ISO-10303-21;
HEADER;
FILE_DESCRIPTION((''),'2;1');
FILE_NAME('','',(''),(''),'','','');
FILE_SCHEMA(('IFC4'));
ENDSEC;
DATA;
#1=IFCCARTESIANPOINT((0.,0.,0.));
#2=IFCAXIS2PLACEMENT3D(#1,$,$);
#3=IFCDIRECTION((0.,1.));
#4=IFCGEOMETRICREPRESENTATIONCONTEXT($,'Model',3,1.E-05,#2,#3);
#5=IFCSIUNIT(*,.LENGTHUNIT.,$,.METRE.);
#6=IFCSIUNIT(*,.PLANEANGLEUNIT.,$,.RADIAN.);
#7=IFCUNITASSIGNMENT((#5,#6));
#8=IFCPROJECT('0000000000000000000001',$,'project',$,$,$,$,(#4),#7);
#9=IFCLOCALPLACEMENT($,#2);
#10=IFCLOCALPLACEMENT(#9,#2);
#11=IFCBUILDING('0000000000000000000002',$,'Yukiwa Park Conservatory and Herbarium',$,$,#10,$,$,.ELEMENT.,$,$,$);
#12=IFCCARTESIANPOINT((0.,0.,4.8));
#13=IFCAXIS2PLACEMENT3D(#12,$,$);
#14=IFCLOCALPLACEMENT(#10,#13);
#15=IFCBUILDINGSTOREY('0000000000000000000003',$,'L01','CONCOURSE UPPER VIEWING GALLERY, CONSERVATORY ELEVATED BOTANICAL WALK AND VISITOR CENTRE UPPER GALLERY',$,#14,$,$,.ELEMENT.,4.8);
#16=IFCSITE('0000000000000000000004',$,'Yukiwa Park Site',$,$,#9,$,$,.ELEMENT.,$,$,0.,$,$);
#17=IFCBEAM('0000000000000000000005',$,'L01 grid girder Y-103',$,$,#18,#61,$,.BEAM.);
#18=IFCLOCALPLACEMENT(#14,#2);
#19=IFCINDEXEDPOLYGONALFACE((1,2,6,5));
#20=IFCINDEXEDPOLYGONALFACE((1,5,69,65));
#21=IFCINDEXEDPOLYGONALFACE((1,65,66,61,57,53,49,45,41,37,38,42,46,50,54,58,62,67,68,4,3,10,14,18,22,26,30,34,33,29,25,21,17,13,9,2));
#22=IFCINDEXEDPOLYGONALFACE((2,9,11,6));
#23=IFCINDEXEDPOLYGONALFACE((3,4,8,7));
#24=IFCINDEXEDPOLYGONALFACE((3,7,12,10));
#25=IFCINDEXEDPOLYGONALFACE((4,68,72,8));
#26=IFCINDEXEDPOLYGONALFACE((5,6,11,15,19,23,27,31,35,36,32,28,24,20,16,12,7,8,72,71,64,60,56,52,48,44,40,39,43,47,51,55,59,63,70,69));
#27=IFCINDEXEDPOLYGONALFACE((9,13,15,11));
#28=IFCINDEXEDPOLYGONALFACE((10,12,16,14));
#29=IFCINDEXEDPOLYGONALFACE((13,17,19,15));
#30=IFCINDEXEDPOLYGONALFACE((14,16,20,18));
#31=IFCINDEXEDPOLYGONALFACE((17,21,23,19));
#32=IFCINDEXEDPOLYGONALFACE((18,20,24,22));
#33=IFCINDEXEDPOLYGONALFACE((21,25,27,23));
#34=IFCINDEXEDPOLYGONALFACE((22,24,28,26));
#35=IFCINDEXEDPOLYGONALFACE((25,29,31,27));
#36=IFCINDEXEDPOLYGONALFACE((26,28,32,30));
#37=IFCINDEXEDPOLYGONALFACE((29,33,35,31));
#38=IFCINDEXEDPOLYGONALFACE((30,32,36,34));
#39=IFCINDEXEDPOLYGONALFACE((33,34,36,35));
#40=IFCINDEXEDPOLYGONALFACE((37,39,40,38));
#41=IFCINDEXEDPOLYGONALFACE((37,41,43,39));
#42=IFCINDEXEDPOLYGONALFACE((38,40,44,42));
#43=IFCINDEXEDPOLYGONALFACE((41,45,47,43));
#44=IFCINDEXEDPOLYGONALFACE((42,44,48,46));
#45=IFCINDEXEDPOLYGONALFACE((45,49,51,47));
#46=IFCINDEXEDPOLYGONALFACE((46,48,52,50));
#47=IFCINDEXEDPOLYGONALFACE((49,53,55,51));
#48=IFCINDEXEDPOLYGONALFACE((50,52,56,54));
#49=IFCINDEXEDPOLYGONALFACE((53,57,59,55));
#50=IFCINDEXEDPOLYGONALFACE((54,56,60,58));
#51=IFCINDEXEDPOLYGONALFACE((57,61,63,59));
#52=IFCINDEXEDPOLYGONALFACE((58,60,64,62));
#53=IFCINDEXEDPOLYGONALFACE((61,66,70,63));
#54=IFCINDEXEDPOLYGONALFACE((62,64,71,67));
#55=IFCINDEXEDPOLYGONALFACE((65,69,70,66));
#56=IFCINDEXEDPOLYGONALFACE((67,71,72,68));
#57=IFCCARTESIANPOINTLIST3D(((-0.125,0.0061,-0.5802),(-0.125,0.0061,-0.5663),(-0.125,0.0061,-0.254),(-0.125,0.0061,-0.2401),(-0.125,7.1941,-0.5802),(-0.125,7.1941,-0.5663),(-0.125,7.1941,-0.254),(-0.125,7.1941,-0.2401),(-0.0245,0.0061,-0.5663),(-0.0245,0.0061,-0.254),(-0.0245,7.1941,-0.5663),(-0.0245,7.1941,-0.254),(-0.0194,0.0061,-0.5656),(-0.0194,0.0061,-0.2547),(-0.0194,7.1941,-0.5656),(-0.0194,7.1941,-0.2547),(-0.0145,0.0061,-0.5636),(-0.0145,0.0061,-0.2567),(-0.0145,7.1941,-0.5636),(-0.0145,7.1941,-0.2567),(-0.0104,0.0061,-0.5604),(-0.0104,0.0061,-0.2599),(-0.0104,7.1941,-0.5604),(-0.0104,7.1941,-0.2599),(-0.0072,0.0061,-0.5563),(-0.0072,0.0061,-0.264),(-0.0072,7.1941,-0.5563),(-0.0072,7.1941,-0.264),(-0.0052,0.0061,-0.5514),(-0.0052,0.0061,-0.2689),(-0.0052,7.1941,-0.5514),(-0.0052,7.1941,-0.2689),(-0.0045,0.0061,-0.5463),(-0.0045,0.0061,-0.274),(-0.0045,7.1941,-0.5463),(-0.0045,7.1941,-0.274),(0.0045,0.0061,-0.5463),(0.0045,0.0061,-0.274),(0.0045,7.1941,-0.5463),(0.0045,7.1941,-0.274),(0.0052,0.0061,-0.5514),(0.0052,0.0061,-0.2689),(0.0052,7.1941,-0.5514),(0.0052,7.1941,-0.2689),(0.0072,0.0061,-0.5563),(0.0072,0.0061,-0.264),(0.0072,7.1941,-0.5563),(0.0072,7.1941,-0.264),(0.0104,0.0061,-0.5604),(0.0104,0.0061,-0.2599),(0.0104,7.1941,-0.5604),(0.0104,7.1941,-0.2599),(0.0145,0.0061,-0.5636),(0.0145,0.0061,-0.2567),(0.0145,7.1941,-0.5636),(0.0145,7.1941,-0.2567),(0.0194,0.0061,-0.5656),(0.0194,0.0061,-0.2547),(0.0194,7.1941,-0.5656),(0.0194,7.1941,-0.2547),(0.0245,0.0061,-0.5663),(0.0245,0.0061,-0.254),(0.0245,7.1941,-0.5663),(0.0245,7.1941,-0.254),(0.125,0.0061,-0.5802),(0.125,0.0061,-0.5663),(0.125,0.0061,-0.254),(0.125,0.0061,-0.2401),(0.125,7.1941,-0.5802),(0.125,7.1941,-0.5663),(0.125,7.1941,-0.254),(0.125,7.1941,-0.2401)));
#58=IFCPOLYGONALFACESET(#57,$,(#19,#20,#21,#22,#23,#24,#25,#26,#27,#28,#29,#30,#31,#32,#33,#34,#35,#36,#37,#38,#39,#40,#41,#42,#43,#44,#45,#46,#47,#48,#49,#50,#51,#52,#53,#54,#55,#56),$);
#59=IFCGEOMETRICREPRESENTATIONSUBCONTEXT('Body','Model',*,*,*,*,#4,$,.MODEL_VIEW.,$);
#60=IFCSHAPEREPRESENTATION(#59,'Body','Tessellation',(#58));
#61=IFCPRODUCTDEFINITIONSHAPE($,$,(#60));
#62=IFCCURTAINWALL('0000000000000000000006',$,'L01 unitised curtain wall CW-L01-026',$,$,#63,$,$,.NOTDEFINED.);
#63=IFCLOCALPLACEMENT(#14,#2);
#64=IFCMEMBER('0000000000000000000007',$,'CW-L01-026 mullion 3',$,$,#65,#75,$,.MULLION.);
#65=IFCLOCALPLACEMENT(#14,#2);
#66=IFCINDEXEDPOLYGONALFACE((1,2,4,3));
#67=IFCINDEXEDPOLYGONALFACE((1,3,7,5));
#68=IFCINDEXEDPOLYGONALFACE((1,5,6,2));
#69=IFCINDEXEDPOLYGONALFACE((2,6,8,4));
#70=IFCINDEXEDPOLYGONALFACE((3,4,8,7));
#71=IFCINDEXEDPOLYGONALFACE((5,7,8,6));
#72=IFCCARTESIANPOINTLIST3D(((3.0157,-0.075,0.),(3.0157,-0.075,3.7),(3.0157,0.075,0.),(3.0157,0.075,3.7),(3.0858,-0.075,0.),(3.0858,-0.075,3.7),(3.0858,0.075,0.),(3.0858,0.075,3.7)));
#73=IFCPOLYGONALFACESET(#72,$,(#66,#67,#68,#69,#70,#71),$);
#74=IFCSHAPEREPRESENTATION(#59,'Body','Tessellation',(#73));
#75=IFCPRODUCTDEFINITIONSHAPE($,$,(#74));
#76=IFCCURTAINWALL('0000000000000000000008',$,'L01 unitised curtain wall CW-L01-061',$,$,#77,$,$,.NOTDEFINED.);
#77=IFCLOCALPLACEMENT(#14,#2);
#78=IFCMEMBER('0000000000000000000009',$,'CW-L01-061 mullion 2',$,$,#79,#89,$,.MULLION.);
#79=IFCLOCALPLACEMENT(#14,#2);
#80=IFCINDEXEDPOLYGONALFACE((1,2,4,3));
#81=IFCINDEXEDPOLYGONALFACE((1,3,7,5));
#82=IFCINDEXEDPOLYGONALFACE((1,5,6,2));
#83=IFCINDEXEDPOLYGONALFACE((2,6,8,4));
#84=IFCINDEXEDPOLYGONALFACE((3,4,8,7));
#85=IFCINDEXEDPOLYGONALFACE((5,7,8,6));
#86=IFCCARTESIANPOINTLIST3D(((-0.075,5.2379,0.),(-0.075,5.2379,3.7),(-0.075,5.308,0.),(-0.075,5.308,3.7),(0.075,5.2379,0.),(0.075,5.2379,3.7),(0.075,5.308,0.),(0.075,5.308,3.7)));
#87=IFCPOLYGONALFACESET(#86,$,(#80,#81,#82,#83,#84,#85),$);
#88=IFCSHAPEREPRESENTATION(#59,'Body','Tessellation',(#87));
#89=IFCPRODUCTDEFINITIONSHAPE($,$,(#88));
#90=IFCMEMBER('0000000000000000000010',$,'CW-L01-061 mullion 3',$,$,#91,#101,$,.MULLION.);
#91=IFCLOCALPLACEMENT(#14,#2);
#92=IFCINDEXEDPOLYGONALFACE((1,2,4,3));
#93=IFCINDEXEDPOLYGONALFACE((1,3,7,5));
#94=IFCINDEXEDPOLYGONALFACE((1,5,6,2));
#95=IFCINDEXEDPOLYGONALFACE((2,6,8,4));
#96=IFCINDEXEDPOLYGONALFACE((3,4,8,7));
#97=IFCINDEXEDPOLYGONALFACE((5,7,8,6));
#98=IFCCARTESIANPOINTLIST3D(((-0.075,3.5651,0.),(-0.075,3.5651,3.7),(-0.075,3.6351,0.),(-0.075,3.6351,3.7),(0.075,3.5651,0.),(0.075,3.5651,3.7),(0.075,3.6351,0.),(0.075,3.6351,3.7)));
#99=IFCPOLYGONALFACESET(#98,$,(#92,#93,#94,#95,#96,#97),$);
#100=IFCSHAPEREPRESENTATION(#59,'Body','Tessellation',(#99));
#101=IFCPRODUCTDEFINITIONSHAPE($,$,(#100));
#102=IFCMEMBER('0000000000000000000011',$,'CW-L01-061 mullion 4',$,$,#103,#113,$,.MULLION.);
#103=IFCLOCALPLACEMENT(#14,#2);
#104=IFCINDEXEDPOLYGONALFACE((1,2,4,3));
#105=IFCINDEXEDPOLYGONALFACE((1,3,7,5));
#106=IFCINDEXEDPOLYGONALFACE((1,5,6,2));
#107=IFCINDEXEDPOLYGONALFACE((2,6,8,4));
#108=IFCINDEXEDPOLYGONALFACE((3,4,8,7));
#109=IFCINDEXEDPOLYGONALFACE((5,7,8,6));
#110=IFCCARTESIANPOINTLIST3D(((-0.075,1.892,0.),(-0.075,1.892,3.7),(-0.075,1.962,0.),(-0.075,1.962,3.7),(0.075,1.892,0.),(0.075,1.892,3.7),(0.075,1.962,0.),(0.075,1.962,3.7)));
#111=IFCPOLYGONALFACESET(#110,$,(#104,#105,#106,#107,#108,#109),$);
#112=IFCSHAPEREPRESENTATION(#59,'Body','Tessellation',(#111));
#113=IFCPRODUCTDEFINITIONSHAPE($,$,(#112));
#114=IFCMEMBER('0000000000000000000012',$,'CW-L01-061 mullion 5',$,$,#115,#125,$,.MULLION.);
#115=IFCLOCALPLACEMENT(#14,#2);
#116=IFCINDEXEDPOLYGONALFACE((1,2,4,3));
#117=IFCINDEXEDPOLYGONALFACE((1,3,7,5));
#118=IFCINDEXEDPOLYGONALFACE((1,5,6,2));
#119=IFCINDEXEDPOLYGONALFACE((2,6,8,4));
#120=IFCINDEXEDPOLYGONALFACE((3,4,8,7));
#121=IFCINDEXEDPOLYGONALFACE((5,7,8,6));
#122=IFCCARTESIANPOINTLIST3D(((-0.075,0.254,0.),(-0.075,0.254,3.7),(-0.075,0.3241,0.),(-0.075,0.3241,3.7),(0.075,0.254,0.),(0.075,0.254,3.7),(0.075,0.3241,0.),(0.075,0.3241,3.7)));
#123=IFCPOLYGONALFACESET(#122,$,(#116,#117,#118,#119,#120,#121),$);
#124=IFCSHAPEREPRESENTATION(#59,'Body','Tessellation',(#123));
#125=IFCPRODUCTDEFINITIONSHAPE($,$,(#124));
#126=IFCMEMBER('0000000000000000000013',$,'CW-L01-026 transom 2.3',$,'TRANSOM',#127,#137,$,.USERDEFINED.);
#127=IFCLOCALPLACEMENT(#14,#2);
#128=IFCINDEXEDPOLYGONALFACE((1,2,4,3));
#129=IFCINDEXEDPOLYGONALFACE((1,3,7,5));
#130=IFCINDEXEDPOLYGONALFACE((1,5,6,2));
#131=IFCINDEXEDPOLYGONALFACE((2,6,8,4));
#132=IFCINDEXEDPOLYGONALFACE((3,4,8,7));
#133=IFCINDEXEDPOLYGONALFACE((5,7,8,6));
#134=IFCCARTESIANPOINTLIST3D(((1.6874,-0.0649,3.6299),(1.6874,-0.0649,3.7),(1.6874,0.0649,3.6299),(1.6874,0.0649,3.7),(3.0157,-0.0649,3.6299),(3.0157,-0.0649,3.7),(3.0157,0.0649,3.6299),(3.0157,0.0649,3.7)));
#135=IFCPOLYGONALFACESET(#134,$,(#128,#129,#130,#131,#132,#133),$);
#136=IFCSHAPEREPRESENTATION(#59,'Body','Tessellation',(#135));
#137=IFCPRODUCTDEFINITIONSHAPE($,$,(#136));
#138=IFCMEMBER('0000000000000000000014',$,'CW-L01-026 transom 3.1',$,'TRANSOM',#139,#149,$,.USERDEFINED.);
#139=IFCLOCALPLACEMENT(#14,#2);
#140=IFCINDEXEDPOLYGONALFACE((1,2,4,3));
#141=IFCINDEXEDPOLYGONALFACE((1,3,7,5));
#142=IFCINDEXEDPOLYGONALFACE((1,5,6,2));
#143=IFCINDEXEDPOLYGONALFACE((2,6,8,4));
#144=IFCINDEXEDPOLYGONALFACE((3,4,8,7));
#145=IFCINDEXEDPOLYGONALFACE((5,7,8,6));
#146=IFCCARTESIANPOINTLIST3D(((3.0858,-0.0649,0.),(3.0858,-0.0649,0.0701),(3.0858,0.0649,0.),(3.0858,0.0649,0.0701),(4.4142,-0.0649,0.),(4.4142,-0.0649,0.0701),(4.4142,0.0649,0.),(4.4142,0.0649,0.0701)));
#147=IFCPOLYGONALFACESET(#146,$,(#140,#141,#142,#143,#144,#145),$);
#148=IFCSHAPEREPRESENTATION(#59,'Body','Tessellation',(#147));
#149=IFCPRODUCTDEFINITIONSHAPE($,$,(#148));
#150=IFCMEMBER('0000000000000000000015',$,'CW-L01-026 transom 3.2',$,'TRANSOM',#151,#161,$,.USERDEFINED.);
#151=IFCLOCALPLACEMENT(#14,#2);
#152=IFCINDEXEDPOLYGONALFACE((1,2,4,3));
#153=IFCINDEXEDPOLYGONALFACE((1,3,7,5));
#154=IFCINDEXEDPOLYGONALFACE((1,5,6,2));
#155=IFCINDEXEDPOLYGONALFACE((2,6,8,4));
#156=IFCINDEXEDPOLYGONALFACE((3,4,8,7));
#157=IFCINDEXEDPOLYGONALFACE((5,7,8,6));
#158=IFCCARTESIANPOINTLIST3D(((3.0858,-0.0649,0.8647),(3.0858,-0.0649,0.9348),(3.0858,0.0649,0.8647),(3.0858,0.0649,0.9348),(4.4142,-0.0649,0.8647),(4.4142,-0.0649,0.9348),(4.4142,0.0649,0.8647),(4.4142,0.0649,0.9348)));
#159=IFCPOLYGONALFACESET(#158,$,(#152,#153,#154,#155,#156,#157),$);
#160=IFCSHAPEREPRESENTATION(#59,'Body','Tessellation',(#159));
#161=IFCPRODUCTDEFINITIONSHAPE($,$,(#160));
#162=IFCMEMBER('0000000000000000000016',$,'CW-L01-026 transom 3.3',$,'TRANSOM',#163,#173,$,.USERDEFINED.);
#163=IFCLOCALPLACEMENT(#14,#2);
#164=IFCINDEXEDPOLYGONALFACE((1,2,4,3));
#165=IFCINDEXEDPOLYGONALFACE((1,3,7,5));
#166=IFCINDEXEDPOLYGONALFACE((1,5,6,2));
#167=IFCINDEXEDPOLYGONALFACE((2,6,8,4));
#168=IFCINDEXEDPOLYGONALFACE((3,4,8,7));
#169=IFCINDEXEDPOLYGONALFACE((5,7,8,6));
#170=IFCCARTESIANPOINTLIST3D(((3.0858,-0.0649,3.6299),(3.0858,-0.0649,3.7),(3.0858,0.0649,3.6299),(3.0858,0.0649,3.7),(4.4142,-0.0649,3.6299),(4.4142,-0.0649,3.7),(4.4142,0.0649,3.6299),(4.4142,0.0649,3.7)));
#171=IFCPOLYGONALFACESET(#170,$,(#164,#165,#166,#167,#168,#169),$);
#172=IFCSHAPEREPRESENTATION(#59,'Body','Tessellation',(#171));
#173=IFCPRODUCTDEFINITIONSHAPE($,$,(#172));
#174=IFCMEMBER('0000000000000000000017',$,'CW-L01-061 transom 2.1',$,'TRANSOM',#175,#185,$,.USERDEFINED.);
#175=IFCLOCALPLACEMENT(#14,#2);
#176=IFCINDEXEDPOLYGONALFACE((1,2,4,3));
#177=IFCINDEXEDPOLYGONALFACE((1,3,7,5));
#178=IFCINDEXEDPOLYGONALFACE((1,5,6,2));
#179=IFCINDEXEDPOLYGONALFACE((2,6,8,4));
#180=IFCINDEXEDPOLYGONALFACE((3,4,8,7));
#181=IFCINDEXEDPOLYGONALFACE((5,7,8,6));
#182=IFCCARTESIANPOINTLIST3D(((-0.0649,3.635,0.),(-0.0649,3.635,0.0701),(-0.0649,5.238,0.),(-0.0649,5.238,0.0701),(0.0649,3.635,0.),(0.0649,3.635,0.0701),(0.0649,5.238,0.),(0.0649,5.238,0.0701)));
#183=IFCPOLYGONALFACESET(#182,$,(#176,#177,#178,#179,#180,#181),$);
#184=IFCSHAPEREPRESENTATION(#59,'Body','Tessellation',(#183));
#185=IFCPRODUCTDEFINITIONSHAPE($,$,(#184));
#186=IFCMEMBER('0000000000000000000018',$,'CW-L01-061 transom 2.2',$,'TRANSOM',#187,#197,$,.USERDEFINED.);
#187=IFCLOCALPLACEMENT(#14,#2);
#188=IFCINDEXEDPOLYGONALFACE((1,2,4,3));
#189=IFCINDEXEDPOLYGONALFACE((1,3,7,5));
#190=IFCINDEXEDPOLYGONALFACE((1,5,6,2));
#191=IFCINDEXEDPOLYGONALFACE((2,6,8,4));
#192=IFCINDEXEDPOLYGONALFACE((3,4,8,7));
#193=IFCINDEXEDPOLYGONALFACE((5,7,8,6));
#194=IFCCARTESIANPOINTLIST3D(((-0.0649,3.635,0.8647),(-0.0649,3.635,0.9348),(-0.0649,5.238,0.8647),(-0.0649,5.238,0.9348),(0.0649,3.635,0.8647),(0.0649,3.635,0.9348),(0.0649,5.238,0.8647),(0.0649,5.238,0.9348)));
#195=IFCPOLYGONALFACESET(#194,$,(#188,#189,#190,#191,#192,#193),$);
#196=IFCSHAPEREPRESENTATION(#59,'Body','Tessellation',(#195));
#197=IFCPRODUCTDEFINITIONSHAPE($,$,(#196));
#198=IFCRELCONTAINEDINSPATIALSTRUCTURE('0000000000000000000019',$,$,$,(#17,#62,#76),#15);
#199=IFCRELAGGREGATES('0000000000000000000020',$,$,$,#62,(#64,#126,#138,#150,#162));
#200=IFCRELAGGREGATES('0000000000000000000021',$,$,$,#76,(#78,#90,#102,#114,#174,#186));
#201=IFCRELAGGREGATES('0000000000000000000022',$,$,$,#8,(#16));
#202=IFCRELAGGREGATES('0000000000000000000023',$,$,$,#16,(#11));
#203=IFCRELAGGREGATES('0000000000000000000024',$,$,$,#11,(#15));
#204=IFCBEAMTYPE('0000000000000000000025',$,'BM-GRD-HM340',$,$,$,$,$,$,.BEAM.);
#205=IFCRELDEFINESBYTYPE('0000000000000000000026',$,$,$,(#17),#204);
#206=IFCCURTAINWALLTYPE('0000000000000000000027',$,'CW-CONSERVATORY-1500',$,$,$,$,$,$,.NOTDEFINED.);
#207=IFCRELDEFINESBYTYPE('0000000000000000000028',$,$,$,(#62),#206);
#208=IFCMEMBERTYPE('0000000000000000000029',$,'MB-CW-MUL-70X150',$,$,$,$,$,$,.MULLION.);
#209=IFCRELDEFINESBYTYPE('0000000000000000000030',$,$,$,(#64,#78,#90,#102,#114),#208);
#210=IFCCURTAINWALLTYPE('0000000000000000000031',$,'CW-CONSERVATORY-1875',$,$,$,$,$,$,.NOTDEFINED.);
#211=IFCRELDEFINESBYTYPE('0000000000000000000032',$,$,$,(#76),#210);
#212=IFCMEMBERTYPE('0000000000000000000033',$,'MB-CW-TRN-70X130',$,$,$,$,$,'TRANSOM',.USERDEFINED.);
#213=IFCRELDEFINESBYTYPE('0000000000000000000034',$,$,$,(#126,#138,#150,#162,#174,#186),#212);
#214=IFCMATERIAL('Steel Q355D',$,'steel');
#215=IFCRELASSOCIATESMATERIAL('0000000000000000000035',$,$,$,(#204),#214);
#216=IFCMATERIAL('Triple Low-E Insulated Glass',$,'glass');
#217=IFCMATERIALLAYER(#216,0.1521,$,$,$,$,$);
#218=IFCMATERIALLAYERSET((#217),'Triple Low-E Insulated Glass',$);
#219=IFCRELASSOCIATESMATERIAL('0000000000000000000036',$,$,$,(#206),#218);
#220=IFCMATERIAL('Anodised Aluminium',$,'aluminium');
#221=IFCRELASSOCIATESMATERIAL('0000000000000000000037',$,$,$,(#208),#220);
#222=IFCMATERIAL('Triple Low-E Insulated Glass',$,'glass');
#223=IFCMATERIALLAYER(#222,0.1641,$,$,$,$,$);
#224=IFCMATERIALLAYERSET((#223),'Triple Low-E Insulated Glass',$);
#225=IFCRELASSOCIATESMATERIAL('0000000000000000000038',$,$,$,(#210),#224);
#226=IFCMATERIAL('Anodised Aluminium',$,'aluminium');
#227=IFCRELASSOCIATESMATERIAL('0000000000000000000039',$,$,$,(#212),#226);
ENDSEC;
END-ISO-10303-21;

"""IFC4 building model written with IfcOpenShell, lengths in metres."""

from ifc_helpers import new_model, si_unit, direction, frame, origin, origin_2d, place, context, subcontext, project, spatial, rectangle, i_section, extrude, material, layer, layer_set, material_profile, profile_set, type_object, element, aggregate, save


model = new_model("IFC4")

# Units and contexts
model_context = context("Model", 3, precision=1e-05, world=origin(), true_north=direction((0.0, 1.0)))
body_context = subcontext(model_context, "Body", "Model", "MODEL_VIEW")
ifc_project = project(units=[si_unit("LENGTHUNIT", "METRE"), si_unit("PLANEANGLEUNIT", "RADIAN")], contexts=[model_context])

# Site, building, storey
site_placement = place(None, origin())
site = spatial("IfcSite", under=ifc_project, at=site_placement, Name="Yukiwa Park Site", CompositionType="ELEMENT", RefElevation=0.0)
building_placement = place(site_placement, origin())
building = spatial("IfcBuilding", under=site, at=building_placement, Name="Yukiwa Park Conservatory and Herbarium", CompositionType="ELEMENT")
storey_placement = place(building_placement, frame((0.0, 0.0, 4.8)))
storey = spatial("IfcBuildingStorey", under=building, at=storey_placement, Name="L01", Description="CONCOURSE UPPER VIEWING GALLERY, CONSERVATORY ELEVATED BOTANICAL WALK AND VISITOR CENTRE UPPER GALLERY", CompositionType="ELEMENT", Elevation=4.8)

# Beam
ifc_material_1 = material(Name="Steel Q355D", Category="steel")
ifc_material_profile = material_profile(ifc_material_1, i_section(OverallWidth=0.25, OverallDepth=0.3401, WebThickness=0.009, FlangeThickness=0.0139, FilletRadius=0.02, at=origin_2d()), Name="HM 340x250x9x14")
ifc_profile_set = profile_set([ifc_material_profile], Name="Steel Q355D")
beam_type = type_object("IfcBeamType", Name="BM-GRD-HM340", PredefinedType="BEAM", material=ifc_profile_set)
beam_placement = place(storey_placement, frame((0.0, 0.0061, -0.4102), z_axis=(0.0, 1.0, 0.0), x_axis=(-1.0, 0.0, 0.0)))
element("IfcBeam", 1, at=beam_placement, inside=storey, type_object=beam_type, Name="L01 grid girder Y-103", PredefinedType="BEAM", context=body_context, shape_type="SweptSolid", body=[
    extrude(i_section(OverallWidth=0.25, OverallDepth=0.3401, WebThickness=0.009, FlangeThickness=0.0139, FilletRadius=0.02, at=origin_2d()), origin(), (0.0, 0.0, 1.0), 7.188),
])

# Curtain wall, member
ifc_material_2 = material(Name="Triple Low-E Insulated Glass", Category="glass")
ifc_layer_1 = layer(ifc_material_2, 0.1521)
ifc_layer_set_1 = layer_set([ifc_layer_1], Name="Triple Low-E Insulated Glass")
curtain_wall_type_1 = type_object("IfcCurtainWallType", Name="CW-CONSERVATORY-1500", PredefinedType="NOTDEFINED", material=ifc_layer_set_1)
curtain_wall_1_placement = place(storey_placement, origin())
curtain_wall_1 = element("IfcCurtainWall", 2, at=curtain_wall_1_placement, inside=storey, type_object=curtain_wall_type_1, Name="L01 unitised curtain wall CW-L01-026", PredefinedType="NOTDEFINED")
ifc_material_3 = material(Name="Anodised Aluminium", Category="aluminium")
member_type_1 = type_object("IfcMemberType", Name="MB-CW-MUL-70X150", PredefinedType="MULLION", material=ifc_material_3)
member_1_placement = place(storey_placement, frame((3.0508, 0.0, 0.0), z_axis=(0.0, 0.0, 1.0), x_axis=(1.0, 0.0, 0.0)))
member_1 = element("IfcMember", 3, at=member_1_placement, type_object=member_type_1, Name="CW-L01-026 mullion 3", PredefinedType="MULLION", context=body_context, shape_type="SweptSolid", body=[
    extrude(rectangle(XDim=0.0701, YDim=0.1499, at=origin_2d()), origin(), (0.0, 0.0, 1.0), 3.7),
])

# Curtain wall, members
ifc_material_4 = material(Name="Triple Low-E Insulated Glass", Category="glass")
ifc_layer_2 = layer(ifc_material_4, 0.1641)
ifc_layer_set_2 = layer_set([ifc_layer_2], Name="Triple Low-E Insulated Glass")
curtain_wall_type_2 = type_object("IfcCurtainWallType", Name="CW-CONSERVATORY-1875", PredefinedType="NOTDEFINED", material=ifc_layer_set_2)
curtain_wall_2_placement = place(storey_placement, origin())
curtain_wall_2 = element("IfcCurtainWall", 4, at=curtain_wall_2_placement, inside=storey, type_object=curtain_wall_type_2, Name="L01 unitised curtain wall CW-L01-061", PredefinedType="NOTDEFINED")
member_2_placement = place(storey_placement, frame((0.0, 5.2729, 0.0), z_axis=(0.0, 0.0, 1.0), x_axis=(0.0, -1.0, 0.0)))
member_2 = element("IfcMember", 5, at=member_2_placement, type_object=member_type_1, Name="CW-L01-061 mullion 2", PredefinedType="MULLION", context=body_context, shape_type="SweptSolid", body=[
    extrude(rectangle(XDim=0.0701, YDim=0.1499, at=origin_2d()), origin(), (0.0, 0.0, 1.0), 3.7),
])
member_3_placement = place(storey_placement, frame((0.0, 3.6001, 0.0), z_axis=(0.0, 0.0, 1.0), x_axis=(0.0, -1.0, 0.0)))
member_3 = element("IfcMember", 6, at=member_3_placement, type_object=member_type_1, Name="CW-L01-061 mullion 3", PredefinedType="MULLION", context=body_context, shape_type="SweptSolid", body=[
    extrude(rectangle(XDim=0.0701, YDim=0.1499, at=origin_2d()), origin(), (0.0, 0.0, 1.0), 3.7),
])
member_4_placement = place(storey_placement, frame((0.0, 1.927, 0.0), z_axis=(0.0, 0.0, 1.0), x_axis=(0.0, -1.0, 0.0)))
member_4 = element("IfcMember", 7, at=member_4_placement, type_object=member_type_1, Name="CW-L01-061 mullion 4", PredefinedType="MULLION", context=body_context, shape_type="SweptSolid", body=[
    extrude(rectangle(XDim=0.0701, YDim=0.1499, at=origin_2d()), origin(), (0.0, 0.0, 1.0), 3.7),
])
member_5_placement = place(storey_placement, frame((0.0, 0.2891, 0.0), z_axis=(0.0, 0.0, 1.0), x_axis=(0.0, -1.0, 0.0)))
member_5 = element("IfcMember", 8, at=member_5_placement, type_object=member_type_1, Name="CW-L01-061 mullion 5", PredefinedType="MULLION", context=body_context, shape_type="SweptSolid", body=[
    extrude(rectangle(XDim=0.0701, YDim=0.1499, at=origin_2d()), origin(), (0.0, 0.0, 1.0), 3.7),
])

# Members
ifc_material_5 = material(Name="Anodised Aluminium", Category="aluminium")
member_type_2 = type_object("IfcMemberType", Name="MB-CW-TRN-70X130", ElementType="TRANSOM", PredefinedType="USERDEFINED", material=ifc_material_5)
member_6_placement = place(storey_placement, frame((2.3516, 0.0, 3.6299), z_axis=(0.0, 0.0, 1.0), x_axis=(1.0, 0.0, 0.0)))
member_6 = element("IfcMember", 9, at=member_6_placement, type_object=member_type_2, Name="CW-L01-026 transom 2.3", ObjectType="TRANSOM", PredefinedType="USERDEFINED", context=body_context, shape_type="SweptSolid", body=[
    extrude(rectangle(XDim=1.3284, YDim=0.1299, at=origin_2d()), origin(), (0.0, 0.0, 1.0), 0.0701),
])
member_7_placement = place(storey_placement, frame((3.75, 0.0, 0.0), z_axis=(0.0, 0.0, 1.0), x_axis=(1.0, 0.0, 0.0)))
member_7 = element("IfcMember", 10, at=member_7_placement, type_object=member_type_2, Name="CW-L01-026 transom 3.1", ObjectType="TRANSOM", PredefinedType="USERDEFINED", context=body_context, shape_type="SweptSolid", body=[
    extrude(rectangle(XDim=1.3284, YDim=0.1299, at=origin_2d()), origin(), (0.0, 0.0, 1.0), 0.0701),
])
member_8_placement = place(storey_placement, frame((3.75, 0.0, 0.8647), z_axis=(0.0, 0.0, 1.0), x_axis=(1.0, 0.0, 0.0)))
member_8 = element("IfcMember", 11, at=member_8_placement, type_object=member_type_2, Name="CW-L01-026 transom 3.2", ObjectType="TRANSOM", PredefinedType="USERDEFINED", context=body_context, shape_type="SweptSolid", body=[
    extrude(rectangle(XDim=1.3284, YDim=0.1299, at=origin_2d()), origin(), (0.0, 0.0, 1.0), 0.0701),
])
member_9_placement = place(storey_placement, frame((3.75, 0.0, 3.6299), z_axis=(0.0, 0.0, 1.0), x_axis=(1.0, 0.0, 0.0)))
member_9 = element("IfcMember", 12, at=member_9_placement, type_object=member_type_2, Name="CW-L01-026 transom 3.3", ObjectType="TRANSOM", PredefinedType="USERDEFINED", context=body_context, shape_type="SweptSolid", body=[
    extrude(rectangle(XDim=1.3284, YDim=0.1299, at=origin_2d()), origin(), (0.0, 0.0, 1.0), 0.0701),
])
member_10_placement = place(storey_placement, frame((0.0, 4.4365, 0.0), z_axis=(0.0, 0.0, 1.0), x_axis=(0.0, -1.0, 0.0)))
member_10 = element("IfcMember", 13, at=member_10_placement, type_object=member_type_2, Name="CW-L01-061 transom 2.1", ObjectType="TRANSOM", PredefinedType="USERDEFINED", context=body_context, shape_type="SweptSolid", body=[
    extrude(rectangle(XDim=1.603, YDim=0.1299, at=origin_2d()), origin(), (0.0, 0.0, 1.0), 0.0701),
])
member_11_placement = place(storey_placement, frame((0.0, 4.4365, 0.8647), z_axis=(0.0, 0.0, 1.0), x_axis=(0.0, -1.0, 0.0)))
member_11 = element("IfcMember", 14, at=member_11_placement, type_object=member_type_2, Name="CW-L01-061 transom 2.2", ObjectType="TRANSOM", PredefinedType="USERDEFINED", context=body_context, shape_type="SweptSolid", body=[
    extrude(rectangle(XDim=1.603, YDim=0.1299, at=origin_2d()), origin(), (0.0, 0.0, 1.0), 0.0701),
])

aggregate(curtain_wall_1, [member_1, member_6, member_7, member_8, member_9])
aggregate(curtain_wall_2, [member_2, member_3, member_4, member_5, member_10, member_11])

save(model, "model.ifc")
